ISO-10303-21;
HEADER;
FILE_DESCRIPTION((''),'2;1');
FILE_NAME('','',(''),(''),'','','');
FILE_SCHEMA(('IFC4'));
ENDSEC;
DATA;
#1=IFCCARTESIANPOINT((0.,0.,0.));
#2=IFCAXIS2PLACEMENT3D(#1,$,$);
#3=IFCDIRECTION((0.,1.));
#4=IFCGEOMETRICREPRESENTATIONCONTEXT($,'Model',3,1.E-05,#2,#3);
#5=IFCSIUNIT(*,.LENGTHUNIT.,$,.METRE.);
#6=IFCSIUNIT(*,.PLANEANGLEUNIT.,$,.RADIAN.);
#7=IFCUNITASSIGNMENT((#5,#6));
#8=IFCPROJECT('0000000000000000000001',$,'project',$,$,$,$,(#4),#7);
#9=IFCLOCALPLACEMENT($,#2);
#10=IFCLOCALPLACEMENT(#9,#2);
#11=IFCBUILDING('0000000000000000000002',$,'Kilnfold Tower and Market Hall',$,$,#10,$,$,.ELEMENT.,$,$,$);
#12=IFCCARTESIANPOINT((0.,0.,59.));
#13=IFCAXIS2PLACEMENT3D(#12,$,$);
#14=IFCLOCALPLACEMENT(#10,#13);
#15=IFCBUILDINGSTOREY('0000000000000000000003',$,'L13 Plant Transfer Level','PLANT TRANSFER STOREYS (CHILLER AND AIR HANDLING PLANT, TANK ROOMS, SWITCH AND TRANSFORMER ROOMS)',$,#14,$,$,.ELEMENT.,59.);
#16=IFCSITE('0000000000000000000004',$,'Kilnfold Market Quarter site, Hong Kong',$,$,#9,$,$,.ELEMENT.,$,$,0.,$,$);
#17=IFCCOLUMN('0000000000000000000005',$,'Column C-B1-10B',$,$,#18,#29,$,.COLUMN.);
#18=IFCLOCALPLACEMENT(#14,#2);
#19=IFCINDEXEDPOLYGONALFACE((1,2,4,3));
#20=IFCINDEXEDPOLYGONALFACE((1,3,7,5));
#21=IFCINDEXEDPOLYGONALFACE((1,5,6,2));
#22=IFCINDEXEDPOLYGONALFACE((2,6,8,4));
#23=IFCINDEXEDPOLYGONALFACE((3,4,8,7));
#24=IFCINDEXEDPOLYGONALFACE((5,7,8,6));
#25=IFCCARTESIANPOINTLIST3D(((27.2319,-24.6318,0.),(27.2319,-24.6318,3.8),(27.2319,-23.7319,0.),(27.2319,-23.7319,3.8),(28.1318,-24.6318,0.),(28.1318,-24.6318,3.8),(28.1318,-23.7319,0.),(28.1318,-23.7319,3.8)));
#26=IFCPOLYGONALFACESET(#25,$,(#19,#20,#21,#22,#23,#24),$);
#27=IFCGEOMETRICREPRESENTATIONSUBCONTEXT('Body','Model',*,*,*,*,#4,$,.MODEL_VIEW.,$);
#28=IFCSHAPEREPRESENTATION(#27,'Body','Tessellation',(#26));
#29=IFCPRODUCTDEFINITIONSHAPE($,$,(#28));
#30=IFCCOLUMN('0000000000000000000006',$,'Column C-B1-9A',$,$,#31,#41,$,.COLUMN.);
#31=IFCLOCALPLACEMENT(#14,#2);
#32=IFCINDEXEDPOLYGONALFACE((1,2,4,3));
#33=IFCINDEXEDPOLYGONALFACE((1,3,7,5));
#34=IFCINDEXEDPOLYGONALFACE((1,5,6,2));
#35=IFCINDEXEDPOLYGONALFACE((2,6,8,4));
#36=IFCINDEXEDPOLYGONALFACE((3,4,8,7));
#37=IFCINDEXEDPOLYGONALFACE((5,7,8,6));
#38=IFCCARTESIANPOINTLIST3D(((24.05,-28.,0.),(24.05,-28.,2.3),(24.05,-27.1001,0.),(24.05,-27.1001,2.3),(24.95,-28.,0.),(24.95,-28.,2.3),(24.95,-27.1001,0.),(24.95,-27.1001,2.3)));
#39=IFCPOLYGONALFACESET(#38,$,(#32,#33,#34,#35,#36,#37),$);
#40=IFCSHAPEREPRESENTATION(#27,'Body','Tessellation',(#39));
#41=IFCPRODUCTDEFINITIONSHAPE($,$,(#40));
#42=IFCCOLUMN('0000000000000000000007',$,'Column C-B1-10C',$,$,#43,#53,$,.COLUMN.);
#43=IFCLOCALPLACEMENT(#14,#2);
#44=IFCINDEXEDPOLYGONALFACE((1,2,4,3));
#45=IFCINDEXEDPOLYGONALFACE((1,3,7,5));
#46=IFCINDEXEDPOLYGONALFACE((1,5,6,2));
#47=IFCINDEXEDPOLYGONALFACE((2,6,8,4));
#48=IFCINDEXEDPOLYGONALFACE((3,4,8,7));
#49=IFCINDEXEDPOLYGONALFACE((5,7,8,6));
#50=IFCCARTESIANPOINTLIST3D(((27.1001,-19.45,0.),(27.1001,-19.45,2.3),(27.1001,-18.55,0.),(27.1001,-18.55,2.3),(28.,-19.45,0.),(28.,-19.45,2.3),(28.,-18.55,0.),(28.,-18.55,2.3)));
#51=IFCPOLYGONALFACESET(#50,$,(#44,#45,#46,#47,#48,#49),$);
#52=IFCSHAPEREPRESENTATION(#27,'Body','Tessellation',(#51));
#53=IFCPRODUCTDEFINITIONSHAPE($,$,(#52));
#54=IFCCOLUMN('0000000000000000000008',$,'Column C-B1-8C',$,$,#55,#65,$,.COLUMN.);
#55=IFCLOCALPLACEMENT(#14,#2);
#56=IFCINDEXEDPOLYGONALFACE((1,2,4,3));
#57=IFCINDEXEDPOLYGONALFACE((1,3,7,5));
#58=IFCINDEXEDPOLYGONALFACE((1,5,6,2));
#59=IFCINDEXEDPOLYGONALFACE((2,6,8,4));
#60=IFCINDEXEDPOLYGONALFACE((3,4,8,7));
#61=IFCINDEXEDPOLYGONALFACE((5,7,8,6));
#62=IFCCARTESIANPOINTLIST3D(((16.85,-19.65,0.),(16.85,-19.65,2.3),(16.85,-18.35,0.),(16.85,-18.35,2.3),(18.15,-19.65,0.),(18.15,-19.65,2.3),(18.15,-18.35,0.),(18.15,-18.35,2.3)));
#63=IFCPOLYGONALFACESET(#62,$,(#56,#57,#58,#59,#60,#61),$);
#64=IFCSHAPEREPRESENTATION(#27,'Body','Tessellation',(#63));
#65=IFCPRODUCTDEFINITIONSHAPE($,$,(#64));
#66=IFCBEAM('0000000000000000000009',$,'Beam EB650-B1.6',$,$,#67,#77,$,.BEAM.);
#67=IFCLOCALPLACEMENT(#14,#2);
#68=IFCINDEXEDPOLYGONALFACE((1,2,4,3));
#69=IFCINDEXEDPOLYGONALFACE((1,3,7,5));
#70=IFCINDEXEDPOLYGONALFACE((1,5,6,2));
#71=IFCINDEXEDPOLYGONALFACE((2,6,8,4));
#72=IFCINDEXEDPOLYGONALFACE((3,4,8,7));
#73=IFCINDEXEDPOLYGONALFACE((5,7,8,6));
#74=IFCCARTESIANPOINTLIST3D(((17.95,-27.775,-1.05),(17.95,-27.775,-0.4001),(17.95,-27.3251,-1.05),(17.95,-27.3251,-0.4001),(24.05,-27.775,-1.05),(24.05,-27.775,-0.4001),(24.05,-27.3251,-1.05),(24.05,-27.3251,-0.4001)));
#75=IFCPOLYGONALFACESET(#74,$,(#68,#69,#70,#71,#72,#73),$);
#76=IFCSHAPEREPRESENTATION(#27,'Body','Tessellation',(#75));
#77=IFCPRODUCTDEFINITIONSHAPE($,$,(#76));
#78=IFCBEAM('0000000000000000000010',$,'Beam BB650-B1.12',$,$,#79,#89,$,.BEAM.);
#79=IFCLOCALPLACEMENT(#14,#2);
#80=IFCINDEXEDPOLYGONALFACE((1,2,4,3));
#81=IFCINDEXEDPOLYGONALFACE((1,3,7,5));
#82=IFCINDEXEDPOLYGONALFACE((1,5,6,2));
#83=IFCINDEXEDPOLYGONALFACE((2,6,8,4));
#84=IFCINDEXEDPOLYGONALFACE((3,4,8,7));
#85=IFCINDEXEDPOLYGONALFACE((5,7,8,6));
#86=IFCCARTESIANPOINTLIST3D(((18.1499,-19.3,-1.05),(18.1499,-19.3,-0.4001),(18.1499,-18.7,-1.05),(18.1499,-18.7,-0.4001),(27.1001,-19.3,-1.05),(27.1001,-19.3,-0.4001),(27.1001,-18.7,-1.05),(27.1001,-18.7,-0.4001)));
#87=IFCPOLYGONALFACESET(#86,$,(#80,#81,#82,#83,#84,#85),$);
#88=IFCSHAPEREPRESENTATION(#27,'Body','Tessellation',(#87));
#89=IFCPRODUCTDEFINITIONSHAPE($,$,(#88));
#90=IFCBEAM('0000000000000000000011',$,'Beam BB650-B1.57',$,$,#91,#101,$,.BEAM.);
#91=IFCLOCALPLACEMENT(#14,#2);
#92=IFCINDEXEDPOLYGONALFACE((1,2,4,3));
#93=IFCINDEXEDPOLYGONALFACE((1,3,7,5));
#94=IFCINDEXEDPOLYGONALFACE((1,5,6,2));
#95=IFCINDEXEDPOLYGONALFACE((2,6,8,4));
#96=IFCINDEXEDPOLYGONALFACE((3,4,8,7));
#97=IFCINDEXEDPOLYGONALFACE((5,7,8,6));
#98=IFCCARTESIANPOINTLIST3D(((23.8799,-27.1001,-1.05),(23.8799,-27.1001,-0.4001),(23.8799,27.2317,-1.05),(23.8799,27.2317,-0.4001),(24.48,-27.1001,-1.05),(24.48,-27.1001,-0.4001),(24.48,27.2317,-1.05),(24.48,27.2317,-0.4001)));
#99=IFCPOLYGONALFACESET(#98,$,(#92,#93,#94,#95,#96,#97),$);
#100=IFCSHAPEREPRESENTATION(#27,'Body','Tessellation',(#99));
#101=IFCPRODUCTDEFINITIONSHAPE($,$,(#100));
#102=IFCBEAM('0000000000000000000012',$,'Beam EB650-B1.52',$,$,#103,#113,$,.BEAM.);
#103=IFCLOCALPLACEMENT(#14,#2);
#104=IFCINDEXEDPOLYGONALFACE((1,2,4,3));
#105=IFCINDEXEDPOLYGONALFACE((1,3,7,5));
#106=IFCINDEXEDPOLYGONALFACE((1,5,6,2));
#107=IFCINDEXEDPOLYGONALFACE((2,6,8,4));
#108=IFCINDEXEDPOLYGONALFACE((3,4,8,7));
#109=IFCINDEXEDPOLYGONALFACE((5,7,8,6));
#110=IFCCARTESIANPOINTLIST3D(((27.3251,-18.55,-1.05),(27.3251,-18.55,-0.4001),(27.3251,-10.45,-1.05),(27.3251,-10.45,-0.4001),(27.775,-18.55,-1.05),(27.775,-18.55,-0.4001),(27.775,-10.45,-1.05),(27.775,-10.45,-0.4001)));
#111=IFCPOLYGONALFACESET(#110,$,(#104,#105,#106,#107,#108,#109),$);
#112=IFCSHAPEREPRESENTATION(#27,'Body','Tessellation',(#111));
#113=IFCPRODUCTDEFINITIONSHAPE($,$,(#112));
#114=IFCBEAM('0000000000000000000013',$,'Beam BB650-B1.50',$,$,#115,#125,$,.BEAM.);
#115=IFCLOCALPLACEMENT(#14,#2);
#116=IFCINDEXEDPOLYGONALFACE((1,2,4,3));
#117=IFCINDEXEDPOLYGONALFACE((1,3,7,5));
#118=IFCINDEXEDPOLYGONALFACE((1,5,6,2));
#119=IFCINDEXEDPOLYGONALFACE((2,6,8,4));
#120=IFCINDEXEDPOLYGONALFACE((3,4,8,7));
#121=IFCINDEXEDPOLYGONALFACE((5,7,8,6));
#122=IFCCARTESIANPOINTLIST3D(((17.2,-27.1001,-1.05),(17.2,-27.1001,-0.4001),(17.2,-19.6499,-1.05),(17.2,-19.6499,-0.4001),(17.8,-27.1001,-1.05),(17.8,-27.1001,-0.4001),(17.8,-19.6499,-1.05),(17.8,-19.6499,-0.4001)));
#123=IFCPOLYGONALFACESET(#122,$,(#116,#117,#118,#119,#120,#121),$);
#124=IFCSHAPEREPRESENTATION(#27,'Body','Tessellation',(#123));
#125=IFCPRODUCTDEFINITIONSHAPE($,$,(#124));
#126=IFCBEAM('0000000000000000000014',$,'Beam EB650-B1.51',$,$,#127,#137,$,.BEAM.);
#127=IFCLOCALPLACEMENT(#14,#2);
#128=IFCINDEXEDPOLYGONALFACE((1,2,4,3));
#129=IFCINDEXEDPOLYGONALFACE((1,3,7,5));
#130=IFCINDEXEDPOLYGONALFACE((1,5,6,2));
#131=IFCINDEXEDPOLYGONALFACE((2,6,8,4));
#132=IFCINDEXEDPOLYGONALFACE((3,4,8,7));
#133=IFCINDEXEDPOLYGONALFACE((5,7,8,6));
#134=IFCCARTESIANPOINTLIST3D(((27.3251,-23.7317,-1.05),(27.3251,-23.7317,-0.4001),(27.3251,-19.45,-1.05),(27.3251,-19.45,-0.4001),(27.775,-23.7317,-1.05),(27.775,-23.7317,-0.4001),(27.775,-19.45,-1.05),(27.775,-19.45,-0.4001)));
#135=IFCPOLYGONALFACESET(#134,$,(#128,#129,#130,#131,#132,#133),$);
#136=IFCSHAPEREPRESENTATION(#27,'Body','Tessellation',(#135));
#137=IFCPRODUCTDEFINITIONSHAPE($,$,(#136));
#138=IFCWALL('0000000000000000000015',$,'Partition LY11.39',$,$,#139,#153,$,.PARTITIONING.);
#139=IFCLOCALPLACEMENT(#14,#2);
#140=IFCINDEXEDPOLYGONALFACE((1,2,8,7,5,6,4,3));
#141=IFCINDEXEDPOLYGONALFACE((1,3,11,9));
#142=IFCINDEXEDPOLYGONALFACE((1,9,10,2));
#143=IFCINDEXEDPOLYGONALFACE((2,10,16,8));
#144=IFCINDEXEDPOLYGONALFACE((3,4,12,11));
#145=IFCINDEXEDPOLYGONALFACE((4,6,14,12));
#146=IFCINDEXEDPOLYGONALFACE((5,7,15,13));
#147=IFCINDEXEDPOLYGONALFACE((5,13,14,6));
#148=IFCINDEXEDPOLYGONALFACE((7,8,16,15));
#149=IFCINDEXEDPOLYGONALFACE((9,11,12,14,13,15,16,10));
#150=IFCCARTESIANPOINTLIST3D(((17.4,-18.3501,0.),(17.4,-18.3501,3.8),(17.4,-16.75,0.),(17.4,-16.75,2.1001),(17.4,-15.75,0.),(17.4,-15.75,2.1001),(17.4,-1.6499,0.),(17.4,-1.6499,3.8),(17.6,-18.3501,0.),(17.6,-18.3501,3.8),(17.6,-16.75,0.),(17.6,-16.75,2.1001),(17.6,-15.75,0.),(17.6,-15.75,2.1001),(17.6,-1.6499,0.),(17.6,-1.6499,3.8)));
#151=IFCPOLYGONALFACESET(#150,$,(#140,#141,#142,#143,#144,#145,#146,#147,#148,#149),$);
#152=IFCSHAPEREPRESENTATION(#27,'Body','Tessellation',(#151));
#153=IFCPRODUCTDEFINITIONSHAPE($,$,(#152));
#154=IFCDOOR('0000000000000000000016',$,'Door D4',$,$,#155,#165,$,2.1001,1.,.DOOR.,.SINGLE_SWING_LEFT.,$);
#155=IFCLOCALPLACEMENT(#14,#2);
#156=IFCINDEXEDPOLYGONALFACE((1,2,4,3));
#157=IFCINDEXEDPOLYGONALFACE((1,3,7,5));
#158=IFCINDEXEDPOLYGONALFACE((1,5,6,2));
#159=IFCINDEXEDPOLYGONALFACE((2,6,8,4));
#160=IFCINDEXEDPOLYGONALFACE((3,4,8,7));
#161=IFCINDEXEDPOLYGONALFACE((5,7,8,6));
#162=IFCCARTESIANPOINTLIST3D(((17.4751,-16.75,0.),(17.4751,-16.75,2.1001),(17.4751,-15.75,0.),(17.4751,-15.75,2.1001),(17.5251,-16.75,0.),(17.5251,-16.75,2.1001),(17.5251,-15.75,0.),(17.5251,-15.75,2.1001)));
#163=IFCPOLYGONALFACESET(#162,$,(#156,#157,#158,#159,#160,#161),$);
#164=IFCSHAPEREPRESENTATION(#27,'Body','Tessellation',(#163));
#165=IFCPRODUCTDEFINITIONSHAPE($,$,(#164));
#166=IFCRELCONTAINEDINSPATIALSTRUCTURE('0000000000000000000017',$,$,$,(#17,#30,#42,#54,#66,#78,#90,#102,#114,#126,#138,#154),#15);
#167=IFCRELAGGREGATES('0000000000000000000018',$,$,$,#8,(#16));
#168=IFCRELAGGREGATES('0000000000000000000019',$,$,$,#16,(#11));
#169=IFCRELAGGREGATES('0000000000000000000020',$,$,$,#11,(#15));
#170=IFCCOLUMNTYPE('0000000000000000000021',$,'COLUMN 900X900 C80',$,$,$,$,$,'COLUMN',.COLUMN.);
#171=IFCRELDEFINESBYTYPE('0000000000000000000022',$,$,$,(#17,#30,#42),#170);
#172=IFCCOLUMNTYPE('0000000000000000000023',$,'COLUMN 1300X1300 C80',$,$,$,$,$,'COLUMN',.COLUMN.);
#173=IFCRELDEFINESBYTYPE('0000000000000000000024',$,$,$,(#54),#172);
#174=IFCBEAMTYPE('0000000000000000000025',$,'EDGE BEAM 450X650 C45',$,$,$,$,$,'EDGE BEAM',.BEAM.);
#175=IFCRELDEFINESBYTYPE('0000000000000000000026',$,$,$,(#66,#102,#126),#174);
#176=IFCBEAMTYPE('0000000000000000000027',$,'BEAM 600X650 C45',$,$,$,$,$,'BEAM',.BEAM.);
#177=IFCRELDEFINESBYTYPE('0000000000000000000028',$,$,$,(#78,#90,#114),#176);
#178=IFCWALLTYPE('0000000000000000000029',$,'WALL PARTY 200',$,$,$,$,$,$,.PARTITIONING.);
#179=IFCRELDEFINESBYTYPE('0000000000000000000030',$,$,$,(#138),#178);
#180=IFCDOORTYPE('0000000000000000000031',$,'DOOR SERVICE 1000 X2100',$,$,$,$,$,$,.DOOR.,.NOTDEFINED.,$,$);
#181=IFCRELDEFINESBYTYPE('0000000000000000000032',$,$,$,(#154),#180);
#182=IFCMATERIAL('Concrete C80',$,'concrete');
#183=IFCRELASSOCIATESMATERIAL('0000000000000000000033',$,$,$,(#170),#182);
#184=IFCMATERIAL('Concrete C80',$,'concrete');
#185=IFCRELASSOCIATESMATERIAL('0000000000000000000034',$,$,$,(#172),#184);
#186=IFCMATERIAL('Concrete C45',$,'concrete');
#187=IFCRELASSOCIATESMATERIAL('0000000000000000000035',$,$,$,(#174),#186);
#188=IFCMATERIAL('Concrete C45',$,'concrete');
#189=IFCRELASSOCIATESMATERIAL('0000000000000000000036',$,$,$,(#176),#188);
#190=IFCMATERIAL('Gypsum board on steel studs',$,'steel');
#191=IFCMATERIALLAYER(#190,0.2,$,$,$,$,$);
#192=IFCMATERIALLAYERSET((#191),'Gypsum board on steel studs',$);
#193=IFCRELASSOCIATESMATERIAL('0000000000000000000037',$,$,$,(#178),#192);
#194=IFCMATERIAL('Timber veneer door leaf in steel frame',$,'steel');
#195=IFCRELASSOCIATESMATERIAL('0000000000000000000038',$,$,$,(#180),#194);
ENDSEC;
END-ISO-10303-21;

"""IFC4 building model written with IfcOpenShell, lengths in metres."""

from ifc_helpers import new_model, si_unit, direction, frame, frame_2d, origin, origin_2d, place, context, subcontext, project, spatial, rectangle, extrude, source, transform, mapped, material, layer, layer_set, material_profile, profile_set, type_object, element, fill, save


model = new_model("IFC4")

# Units and contexts
model_context = context("Model", 3, precision=1e-05, world=origin(), true_north=direction((0.0, 1.0)))
body_context = subcontext(model_context, "Body", "Model", "MODEL_VIEW")
ifc_project = project(units=[si_unit("LENGTHUNIT", "METRE"), si_unit("PLANEANGLEUNIT", "RADIAN")], contexts=[model_context])

# Site, building, storey
site_placement = place(None, origin())
site = spatial("IfcSite", under=ifc_project, at=site_placement, Name="Kilnfold Market Quarter site, Hong Kong", CompositionType="ELEMENT", RefElevation=0.0)
building_placement = place(site_placement, origin())
building = spatial("IfcBuilding", under=site, at=building_placement, Name="Kilnfold Tower and Market Hall", CompositionType="ELEMENT")
storey_placement = place(building_placement, frame((0.0, 0.0, 59.0)))
storey = spatial("IfcBuildingStorey", under=building, at=storey_placement, Name="L13 Plant Transfer Level", Description="PLANT TRANSFER STOREYS (CHILLER AND AIR HANDLING PLANT, TANK ROOMS, SWITCH AND TRANSFORMER ROOMS)", CompositionType="ELEMENT", Elevation=59.0)

# Columns
ifc_material_1 = material(Name="Concrete C80", Category="concrete")
ifc_material_profile_1 = material_profile(ifc_material_1, rectangle(XDim=0.8999, YDim=0.8999, at=origin_2d()), Name="RC 900x900")
ifc_profile_set_1 = profile_set([ifc_material_profile_1], Name="Concrete C80")
column_type_1 = type_object("IfcColumnType", Name="COLUMN 900X900 C80", ElementType="COLUMN", PredefinedType="COLUMN", material=ifc_profile_set_1)
shared_shape_1 = source(origin(), body_context, "Body", "SweptSolid", [
    extrude(rectangle(XDim=0.8999, YDim=0.8999, at=origin_2d()), origin(), (0.0, 0.0, 1.0), 3.8),
])
column_1_placement = place(storey_placement, frame((27.6819, -24.1819, 0.0), z_axis=(0.0, 0.0, 1.0), x_axis=(1.0, 0.0, 0.0)))
element("IfcColumn", 1, at=column_1_placement, inside=storey, type_object=column_type_1, Name="Column C-B1-10B", PredefinedType="COLUMN", context=body_context, shape_type="MappedRepresentation", body=[
    mapped(shared_shape_1, transform((0.0, 0.0, 0.0))),
])
shared_shape_2 = source(origin(), body_context, "Body", "SweptSolid", [
    extrude(rectangle(XDim=0.8999, YDim=0.8999, at=origin_2d()), origin(), (0.0, 0.0, 1.0), 2.3),
])
for number, where, z_axis, x_axis, name in (
    (2, (24.5, -27.55, 0.0), (0.0, 0.0, 1.0), (1.0, 0.0, 0.0), "Column C-B1-9A"),
    (3, (27.55, -19.0, 0.0), (0.0, 0.0, 1.0), (1.0, 0.0, 0.0), "Column C-B1-10C"),
):
    element("IfcColumn", number, at=place(storey_placement, frame(where, z_axis=z_axis, x_axis=x_axis)), inside=storey, type_object=column_type_1, Name=name, PredefinedType="COLUMN", context=body_context, shape_type="MappedRepresentation", body=[
        mapped(shared_shape_2, transform((0.0, 0.0, 0.0))),
    ])
ifc_material_2 = material(Name="Concrete C80", Category="concrete")
ifc_material_profile_2 = material_profile(ifc_material_2, rectangle(XDim=1.3, YDim=1.3, at=origin_2d()), Name="RC 1300x1300")
ifc_profile_set_2 = profile_set([ifc_material_profile_2], Name="Concrete C80")
column_type_2 = type_object("IfcColumnType", Name="COLUMN 1300X1300 C80", ElementType="COLUMN", PredefinedType="COLUMN", material=ifc_profile_set_2)
shared_shape_3 = source(origin(), body_context, "Body", "SweptSolid", [
    extrude(rectangle(XDim=1.3, YDim=1.3, at=origin_2d()), origin(), (0.0, 0.0, 1.0), 2.3),
])
column_2_placement = place(storey_placement, frame((17.5, -19.0, 0.0), z_axis=(0.0, 0.0, 1.0), x_axis=(1.0, 0.0, 0.0)))
element("IfcColumn", 4, at=column_2_placement, inside=storey, type_object=column_type_2, Name="Column C-B1-8C", PredefinedType="COLUMN", context=body_context, shape_type="MappedRepresentation", body=[
    mapped(shared_shape_3, transform((0.0, 0.0, 0.0))),
])

# Beams
ifc_material_3 = material(Name="Concrete C45", Category="concrete")
ifc_material_profile_3 = material_profile(ifc_material_3, rectangle(XDim=0.45, YDim=0.6499, at=origin_2d()), Name="RC 450x650")
ifc_profile_set_3 = profile_set([ifc_material_profile_3], Name="Concrete C45")
beam_type_1 = type_object("IfcBeamType", Name="EDGE BEAM 450X650 C45", ElementType="EDGE BEAM", PredefinedType="BEAM", material=ifc_profile_set_3)
shared_shape_4 = source(origin(), body_context, "Body", "SweptSolid", [
    extrude(rectangle(XDim=0.45, YDim=0.6499, at=origin_2d()), origin(), (0.0, 0.0, 1.0), 6.1001),
])
beam_1_placement = place(storey_placement, frame((17.95, -27.55, -0.7251), z_axis=(1.0, 0.0, 0.0), x_axis=(0.0, 1.0, 0.0)))
element("IfcBeam", 5, at=beam_1_placement, inside=storey, type_object=beam_type_1, Name="Beam EB650-B1.6", PredefinedType="BEAM", context=body_context, shape_type="MappedRepresentation", body=[
    mapped(shared_shape_4, transform((0.0, 0.0, 0.0))),
])
ifc_material_4 = material(Name="Concrete C45", Category="concrete")
ifc_material_profile_4 = material_profile(ifc_material_4, rectangle(XDim=0.6001, YDim=0.6499, at=origin_2d()), Name="RC 600x650")
ifc_profile_set_4 = profile_set([ifc_material_profile_4], Name="Concrete C45")
beam_type_2 = type_object("IfcBeamType", Name="BEAM 600X650 C45", ElementType="BEAM", PredefinedType="BEAM", material=ifc_profile_set_4)
shared_shape_5 = source(origin(), body_context, "Body", "SweptSolid", [
    extrude(rectangle(XDim=0.6001, YDim=0.6499, at=origin_2d()), origin(), (0.0, 0.0, 1.0), 8.9502),
])
beam_2_placement = place(storey_placement, frame((18.1499, -19.0, -0.7251), z_axis=(1.0, 0.0, 0.0), x_axis=(0.0, 1.0, 0.0)))
element("IfcBeam", 6, at=beam_2_placement, inside=storey, type_object=beam_type_2, Name="Beam BB650-B1.12", PredefinedType="BEAM", context=body_context, shape_type="MappedRepresentation", body=[
    mapped(shared_shape_5, transform((0.0, 0.0, 0.0))),
])
shared_shape_6 = source(origin(), body_context, "Body", "SweptSolid", [
    extrude(rectangle(XDim=0.6001, YDim=0.6499, at=origin_2d()), origin(), (0.0, 0.0, 1.0), 54.3318),
])
beam_3_placement = place(storey_placement, frame((24.1799, -27.1001, -0.7251), z_axis=(0.0, 1.0, 0.0), x_axis=(-1.0, 0.0, 0.0)))
element("IfcBeam", 7, at=beam_3_placement, inside=storey, type_object=beam_type_2, Name="Beam BB650-B1.57", PredefinedType="BEAM", context=body_context, shape_type="MappedRepresentation", body=[
    mapped(shared_shape_6, transform((0.0, 0.0, 0.0))),
])
shared_shape_7 = source(origin(), body_context, "Body", "SweptSolid", [
    extrude(rectangle(XDim=0.45, YDim=0.6499, at=origin_2d()), origin(), (0.0, 0.0, 1.0), 8.1001),
])
beam_4_placement = place(storey_placement, frame((27.55, -18.55, -0.7251), z_axis=(0.0, 1.0, 0.0), x_axis=(-1.0, 0.0, 0.0)))
element("IfcBeam", 8, at=beam_4_placement, inside=storey, type_object=beam_type_1, Name="Beam EB650-B1.52", PredefinedType="BEAM", context=body_context, shape_type="MappedRepresentation", body=[
    mapped(shared_shape_7, transform((0.0, 0.0, 0.0))),
])
shared_shape_8 = source(origin(), body_context, "Body", "SweptSolid", [
    extrude(rectangle(XDim=0.6001, YDim=0.6499, at=origin_2d()), origin(), (0.0, 0.0, 1.0), 7.4502),
])
beam_5_placement = place(storey_placement, frame((17.5, -27.1001, -0.7251), z_axis=(0.0, 1.0, 0.0), x_axis=(-1.0, 0.0, 0.0)))
element("IfcBeam", 9, at=beam_5_placement, inside=storey, type_object=beam_type_2, Name="Beam BB650-B1.50", PredefinedType="BEAM", context=body_context, shape_type="MappedRepresentation", body=[
    mapped(shared_shape_8, transform((0.0, 0.0, 0.0))),
])
shared_shape_9 = source(origin(), body_context, "Body", "SweptSolid", [
    extrude(rectangle(XDim=0.45, YDim=0.6499, at=origin_2d()), origin(), (0.0, 0.0, 1.0), 4.2817),
])
beam_6_placement = place(storey_placement, frame((27.55, -23.7317, -0.7251), z_axis=(0.0, 1.0, 0.0), x_axis=(-1.0, 0.0, 0.0)))
element("IfcBeam", 10, at=beam_6_placement, inside=storey, type_object=beam_type_1, Name="Beam EB650-B1.51", PredefinedType="BEAM", context=body_context, shape_type="MappedRepresentation", body=[
    mapped(shared_shape_9, transform((0.0, 0.0, 0.0))),
])

# Wall, opening, door
ifc_material_5 = material(Name="Gypsum board on steel studs", Category="steel")
ifc_layer_1 = layer(ifc_material_5, 0.2)
ifc_layer_set_1 = layer_set([ifc_layer_1], Name="Gypsum board on steel studs")
wall_type_1 = type_object("IfcWallType", Name="WALL PARTY 200", PredefinedType="PARTITIONING", material=ifc_layer_set_1)
wall_1_placement = place(storey_placement, frame((17.5, -18.3501, 0.0), z_axis=(0.0, 0.0, 1.0), x_axis=(0.0, 1.0, 0.0)))
wall_1 = element("IfcWall", 11, at=wall_1_placement, inside=storey, type_object=wall_type_1, Name="Partition LY11.39", PredefinedType="PARTITIONING", context=body_context, shape_type="SweptSolid", body=[
    extrude(rectangle(XDim=16.7002, YDim=0.2, at=frame_2d((8.3501, 0.0))), origin(), (0.0, 0.0, 1.0), 3.8),
])
opening_placement = place(wall_1_placement, frame((1.6001, 0.0, 0.0)))
opening = element("IfcOpeningElement", 12, at=opening_placement, cuts=wall_1, PredefinedType="OPENING", context=body_context, shape_type="SweptSolid", body=[
    extrude(rectangle(XDim=1.0, YDim=2.1001, at=frame_2d((0.5, 1.05))), frame((0.0, 0.1099, 0.0), z_axis=(0.0, -1.0, 0.0), x_axis=(1.0, 0.0, 0.0)), (0.0, 0.0, 1.0), 0.22),
])
ifc_material_6 = material(Name="Timber veneer door leaf in steel frame", Category="steel")
door_type = type_object("IfcDoorType", Name="DOOR SERVICE 1000 X2100", OperationType="NOTDEFINED", PredefinedType="DOOR", material=ifc_material_6)
door_placement = place(opening_placement, origin())
door = element("IfcDoor", 13, at=door_placement, inside=storey, type_object=door_type, Name="Door D4", OperationType="SINGLE_SWING_LEFT", OverallHeight=2.1001, OverallWidth=1.0, PredefinedType="DOOR", context=body_context, shape_type="SweptSolid", body=[
    extrude(rectangle(XDim=1.0, YDim=2.1001, at=frame_2d((0.5, 1.05))), frame((0.0, 0.0249, 0.0), z_axis=(0.0, -1.0, 0.0), x_axis=(1.0, 0.0, 0.0)), (0.0, 0.0, 1.0), 0.05),
])
fill(opening, door)

save(model, "model.ifc")
